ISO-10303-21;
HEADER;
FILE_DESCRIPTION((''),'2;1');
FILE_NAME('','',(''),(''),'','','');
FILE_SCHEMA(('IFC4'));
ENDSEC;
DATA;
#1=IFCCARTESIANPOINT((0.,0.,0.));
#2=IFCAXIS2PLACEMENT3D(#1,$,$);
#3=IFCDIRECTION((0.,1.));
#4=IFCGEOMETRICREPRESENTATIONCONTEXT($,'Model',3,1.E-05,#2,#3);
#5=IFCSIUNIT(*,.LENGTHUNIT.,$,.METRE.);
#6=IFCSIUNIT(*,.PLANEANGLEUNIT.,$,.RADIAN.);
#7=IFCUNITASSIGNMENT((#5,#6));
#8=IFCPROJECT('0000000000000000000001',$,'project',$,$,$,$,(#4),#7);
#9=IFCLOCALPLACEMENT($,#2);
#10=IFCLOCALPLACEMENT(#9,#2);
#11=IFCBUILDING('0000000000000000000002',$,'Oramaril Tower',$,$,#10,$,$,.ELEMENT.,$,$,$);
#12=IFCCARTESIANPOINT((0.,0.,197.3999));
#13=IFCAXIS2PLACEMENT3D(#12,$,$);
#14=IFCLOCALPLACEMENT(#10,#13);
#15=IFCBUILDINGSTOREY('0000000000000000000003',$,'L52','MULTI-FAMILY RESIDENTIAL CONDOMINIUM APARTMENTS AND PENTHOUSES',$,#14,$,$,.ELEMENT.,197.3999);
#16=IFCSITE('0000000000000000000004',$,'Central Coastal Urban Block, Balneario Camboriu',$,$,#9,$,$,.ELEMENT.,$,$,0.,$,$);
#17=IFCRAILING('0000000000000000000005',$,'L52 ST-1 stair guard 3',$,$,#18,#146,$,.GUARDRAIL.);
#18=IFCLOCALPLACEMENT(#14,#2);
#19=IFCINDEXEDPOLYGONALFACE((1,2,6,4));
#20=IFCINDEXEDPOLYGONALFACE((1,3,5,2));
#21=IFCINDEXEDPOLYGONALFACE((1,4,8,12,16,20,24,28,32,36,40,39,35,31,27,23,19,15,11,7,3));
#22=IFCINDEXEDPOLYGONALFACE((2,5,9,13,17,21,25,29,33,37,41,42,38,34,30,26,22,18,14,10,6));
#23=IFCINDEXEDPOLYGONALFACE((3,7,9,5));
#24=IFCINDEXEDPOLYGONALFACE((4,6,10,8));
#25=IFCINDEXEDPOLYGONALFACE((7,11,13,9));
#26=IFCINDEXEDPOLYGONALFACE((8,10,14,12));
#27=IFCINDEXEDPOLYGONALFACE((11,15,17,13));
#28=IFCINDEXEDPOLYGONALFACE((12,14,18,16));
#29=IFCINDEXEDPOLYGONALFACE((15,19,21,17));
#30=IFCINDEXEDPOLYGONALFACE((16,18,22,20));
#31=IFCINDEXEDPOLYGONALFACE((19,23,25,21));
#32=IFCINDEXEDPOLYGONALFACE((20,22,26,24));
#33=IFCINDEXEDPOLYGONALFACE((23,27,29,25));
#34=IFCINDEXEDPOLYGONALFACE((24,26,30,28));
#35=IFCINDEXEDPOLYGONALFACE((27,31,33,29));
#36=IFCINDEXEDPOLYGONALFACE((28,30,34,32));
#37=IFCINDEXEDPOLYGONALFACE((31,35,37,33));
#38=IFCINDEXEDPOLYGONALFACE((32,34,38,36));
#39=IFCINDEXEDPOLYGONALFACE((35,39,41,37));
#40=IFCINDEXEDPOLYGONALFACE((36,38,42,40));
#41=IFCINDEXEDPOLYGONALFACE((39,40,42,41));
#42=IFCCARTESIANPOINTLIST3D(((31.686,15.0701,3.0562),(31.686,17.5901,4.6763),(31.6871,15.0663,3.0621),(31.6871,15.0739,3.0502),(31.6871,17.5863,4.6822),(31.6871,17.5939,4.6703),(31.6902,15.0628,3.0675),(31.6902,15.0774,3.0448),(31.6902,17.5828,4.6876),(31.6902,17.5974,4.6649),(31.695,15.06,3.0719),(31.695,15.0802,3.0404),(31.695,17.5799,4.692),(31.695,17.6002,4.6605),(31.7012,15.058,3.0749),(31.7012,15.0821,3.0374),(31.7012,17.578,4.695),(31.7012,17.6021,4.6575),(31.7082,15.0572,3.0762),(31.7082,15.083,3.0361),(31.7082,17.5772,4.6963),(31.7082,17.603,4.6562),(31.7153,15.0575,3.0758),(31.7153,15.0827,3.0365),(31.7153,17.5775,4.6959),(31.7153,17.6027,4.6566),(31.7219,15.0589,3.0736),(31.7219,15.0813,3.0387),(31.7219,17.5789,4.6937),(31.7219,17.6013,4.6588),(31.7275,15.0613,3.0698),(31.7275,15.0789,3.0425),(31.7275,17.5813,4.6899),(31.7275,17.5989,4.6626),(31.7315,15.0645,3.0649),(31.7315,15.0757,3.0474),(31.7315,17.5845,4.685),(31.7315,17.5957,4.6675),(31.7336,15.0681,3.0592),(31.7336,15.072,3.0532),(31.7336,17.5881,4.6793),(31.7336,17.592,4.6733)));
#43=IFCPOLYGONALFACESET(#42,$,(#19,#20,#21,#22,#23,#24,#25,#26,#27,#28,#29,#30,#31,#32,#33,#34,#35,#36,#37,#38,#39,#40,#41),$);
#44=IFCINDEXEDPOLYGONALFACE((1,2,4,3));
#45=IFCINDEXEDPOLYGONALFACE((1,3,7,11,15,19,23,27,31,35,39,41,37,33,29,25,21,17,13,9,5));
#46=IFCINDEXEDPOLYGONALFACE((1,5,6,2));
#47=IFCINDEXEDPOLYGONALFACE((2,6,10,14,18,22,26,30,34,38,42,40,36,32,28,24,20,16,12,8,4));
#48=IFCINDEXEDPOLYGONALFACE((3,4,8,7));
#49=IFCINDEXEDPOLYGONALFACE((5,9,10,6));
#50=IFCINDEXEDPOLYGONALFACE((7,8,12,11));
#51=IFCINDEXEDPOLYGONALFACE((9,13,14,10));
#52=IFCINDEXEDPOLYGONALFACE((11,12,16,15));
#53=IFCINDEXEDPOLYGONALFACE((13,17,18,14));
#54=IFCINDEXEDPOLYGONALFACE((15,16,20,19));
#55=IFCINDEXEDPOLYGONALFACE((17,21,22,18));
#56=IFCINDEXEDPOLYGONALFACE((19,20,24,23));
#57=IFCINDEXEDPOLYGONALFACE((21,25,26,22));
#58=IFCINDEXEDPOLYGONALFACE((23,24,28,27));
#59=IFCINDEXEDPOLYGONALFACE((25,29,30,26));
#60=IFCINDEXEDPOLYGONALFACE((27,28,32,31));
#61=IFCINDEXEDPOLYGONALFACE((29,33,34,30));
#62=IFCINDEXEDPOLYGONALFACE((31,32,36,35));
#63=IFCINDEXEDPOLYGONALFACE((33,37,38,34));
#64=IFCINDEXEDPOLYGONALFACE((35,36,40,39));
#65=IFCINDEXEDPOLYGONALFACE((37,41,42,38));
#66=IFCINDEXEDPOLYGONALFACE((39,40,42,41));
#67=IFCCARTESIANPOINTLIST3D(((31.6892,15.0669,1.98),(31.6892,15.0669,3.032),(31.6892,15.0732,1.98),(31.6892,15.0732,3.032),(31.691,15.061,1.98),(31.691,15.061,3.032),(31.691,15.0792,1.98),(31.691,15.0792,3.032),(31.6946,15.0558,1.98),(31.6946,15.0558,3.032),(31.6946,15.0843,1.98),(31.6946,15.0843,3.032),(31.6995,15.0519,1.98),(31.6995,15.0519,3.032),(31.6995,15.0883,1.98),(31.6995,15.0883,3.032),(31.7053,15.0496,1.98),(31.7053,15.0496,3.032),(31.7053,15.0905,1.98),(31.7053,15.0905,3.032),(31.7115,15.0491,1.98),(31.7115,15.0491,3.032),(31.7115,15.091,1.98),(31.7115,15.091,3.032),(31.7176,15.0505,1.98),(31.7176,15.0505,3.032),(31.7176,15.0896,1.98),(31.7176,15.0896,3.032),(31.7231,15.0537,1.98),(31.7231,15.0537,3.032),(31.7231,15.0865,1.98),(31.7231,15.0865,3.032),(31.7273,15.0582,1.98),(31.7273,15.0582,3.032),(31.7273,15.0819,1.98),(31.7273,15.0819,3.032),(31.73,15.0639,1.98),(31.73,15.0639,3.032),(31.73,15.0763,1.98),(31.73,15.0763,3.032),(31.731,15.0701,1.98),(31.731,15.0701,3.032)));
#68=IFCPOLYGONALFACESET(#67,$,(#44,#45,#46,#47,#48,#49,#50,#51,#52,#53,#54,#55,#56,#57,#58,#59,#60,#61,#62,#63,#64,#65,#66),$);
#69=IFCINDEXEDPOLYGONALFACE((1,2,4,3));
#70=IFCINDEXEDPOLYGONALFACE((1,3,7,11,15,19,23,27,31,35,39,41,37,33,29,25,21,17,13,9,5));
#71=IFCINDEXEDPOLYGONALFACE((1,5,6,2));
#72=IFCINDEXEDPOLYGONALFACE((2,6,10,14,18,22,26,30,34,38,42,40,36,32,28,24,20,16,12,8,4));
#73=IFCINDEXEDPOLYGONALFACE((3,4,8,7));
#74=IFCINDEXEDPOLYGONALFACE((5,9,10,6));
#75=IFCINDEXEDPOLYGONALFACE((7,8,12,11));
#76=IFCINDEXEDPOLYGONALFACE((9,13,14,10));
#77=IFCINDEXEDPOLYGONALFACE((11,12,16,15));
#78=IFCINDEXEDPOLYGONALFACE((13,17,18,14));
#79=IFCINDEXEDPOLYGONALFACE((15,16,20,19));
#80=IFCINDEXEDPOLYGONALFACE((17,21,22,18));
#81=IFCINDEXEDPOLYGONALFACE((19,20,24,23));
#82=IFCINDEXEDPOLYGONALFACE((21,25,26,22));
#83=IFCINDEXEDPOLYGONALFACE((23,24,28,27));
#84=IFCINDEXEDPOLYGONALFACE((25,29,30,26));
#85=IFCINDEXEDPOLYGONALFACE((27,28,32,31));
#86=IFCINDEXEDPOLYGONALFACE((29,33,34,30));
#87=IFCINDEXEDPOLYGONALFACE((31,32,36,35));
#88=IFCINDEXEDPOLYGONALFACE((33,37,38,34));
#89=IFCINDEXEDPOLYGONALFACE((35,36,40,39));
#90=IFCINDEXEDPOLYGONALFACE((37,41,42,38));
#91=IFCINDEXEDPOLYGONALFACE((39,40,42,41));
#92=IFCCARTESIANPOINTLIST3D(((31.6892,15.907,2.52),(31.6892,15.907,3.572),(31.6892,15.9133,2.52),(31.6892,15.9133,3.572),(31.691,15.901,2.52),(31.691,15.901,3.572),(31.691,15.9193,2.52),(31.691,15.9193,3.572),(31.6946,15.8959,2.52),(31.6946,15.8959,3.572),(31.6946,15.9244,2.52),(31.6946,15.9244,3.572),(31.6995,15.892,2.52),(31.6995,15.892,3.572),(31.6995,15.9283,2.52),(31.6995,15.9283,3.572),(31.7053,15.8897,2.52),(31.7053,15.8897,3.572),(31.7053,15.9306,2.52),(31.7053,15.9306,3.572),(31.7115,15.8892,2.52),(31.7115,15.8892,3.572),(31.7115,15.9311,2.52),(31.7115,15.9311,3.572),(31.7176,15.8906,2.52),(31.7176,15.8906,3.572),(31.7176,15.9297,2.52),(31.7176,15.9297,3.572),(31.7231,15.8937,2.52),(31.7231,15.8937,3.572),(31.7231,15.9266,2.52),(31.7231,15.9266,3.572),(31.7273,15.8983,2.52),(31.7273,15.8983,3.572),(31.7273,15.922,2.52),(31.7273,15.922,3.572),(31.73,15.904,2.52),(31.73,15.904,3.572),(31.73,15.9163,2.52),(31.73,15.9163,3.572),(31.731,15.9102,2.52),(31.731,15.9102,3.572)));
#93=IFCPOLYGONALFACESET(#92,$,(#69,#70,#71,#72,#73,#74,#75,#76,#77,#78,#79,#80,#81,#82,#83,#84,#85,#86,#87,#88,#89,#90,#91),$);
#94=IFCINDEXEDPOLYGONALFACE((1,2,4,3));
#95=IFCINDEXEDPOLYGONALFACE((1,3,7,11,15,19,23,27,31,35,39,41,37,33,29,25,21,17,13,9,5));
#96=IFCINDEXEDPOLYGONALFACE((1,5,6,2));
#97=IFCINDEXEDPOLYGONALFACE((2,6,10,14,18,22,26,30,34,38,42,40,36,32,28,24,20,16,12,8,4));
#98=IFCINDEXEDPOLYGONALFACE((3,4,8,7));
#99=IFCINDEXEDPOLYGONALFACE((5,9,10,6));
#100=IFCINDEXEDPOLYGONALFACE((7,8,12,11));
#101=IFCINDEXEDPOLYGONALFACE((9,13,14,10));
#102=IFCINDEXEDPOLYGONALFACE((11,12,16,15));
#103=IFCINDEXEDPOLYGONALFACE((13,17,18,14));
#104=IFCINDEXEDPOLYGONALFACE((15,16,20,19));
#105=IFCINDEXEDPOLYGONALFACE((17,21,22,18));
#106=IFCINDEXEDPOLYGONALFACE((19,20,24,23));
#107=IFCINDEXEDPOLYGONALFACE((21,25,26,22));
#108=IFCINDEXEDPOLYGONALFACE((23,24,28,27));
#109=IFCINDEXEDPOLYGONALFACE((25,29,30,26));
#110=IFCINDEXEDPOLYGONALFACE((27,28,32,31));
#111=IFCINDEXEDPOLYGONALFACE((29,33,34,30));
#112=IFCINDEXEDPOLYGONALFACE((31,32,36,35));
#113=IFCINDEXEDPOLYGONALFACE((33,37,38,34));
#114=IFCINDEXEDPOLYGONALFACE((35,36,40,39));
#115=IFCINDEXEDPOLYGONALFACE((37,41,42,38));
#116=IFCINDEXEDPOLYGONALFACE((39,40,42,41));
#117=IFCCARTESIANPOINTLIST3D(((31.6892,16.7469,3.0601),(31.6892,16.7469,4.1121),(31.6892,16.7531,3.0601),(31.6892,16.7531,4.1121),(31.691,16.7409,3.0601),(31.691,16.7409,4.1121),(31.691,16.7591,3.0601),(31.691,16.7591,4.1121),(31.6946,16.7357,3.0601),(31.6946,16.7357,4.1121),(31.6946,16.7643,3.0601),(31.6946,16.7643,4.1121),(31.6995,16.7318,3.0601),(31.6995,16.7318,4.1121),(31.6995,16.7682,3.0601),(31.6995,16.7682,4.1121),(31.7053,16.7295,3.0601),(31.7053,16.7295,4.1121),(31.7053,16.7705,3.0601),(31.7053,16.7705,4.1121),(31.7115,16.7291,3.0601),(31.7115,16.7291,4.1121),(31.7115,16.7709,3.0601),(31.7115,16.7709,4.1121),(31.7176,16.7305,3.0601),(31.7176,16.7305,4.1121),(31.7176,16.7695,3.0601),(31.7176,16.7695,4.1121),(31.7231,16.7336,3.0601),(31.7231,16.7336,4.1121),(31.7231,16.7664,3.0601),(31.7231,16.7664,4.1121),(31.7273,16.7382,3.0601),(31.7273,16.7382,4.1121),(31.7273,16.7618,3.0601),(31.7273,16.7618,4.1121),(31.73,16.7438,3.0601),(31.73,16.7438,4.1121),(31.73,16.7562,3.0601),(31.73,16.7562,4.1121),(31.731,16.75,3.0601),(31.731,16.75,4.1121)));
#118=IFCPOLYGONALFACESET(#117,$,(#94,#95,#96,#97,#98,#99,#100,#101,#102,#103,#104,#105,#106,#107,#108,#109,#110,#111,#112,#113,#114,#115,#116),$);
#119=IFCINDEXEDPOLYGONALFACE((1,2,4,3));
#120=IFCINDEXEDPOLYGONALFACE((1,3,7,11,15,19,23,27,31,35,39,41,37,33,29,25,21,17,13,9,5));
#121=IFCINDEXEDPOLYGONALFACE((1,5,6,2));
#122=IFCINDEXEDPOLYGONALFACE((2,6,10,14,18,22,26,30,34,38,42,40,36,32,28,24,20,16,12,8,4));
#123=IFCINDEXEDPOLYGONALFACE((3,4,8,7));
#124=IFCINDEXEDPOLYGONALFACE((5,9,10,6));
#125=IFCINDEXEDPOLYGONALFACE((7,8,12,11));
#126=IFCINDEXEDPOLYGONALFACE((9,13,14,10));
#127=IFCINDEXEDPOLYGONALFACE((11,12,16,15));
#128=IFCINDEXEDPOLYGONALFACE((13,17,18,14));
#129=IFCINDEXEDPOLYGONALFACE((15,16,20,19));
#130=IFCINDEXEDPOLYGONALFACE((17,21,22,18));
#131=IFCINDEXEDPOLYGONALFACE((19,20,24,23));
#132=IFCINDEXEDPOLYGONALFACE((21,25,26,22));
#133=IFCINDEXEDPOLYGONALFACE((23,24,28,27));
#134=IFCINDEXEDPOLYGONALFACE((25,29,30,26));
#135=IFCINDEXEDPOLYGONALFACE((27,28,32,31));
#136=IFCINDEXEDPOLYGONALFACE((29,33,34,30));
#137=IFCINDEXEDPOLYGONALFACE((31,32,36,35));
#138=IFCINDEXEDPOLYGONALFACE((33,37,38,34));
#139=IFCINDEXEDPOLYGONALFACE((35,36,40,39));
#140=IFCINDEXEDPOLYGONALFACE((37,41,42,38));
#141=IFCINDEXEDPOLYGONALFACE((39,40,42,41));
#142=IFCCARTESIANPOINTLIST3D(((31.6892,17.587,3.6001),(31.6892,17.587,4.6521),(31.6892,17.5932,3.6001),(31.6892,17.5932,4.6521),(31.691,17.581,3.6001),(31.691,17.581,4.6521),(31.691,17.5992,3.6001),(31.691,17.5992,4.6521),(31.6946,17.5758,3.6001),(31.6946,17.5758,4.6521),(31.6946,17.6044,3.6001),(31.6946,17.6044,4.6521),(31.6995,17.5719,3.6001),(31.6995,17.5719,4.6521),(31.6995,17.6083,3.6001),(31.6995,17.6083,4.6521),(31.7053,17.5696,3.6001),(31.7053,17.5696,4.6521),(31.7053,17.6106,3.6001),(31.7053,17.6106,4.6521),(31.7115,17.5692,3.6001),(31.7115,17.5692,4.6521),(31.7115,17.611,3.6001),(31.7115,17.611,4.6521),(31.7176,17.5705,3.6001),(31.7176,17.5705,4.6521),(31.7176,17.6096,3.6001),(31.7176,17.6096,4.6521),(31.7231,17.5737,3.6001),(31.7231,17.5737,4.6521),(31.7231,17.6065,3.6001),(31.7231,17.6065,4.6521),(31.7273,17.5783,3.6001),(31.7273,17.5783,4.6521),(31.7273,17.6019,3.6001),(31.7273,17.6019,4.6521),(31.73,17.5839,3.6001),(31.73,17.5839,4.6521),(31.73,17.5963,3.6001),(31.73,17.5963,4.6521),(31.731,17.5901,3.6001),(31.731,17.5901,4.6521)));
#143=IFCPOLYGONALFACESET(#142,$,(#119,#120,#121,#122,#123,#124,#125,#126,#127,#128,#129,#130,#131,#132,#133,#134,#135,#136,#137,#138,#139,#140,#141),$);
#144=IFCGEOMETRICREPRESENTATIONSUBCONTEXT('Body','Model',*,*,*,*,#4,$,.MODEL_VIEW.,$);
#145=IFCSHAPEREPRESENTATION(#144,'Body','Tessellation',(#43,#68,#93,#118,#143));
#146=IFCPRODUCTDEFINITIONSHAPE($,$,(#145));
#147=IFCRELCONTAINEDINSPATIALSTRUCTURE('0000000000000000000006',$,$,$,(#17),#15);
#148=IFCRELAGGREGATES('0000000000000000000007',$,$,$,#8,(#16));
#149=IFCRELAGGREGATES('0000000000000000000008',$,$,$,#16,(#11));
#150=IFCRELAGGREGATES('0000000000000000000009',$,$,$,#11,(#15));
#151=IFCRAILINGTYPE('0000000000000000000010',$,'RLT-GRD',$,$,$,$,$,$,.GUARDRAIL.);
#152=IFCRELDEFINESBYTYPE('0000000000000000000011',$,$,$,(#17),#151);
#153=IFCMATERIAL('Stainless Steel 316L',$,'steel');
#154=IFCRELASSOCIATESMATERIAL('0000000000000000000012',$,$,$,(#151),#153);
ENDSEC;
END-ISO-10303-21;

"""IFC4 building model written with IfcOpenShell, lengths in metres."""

from ifc_helpers import new_model, si_unit, direction, frame, origin, origin_2d, place, context, subcontext, project, spatial, circle, extrude, material, type_object, element, save


model = new_model("IFC4")

# Units and contexts
model_context = context("Model", 3, precision=1e-05, world=origin(), true_north=direction((0.0, 1.0)))
body_context = subcontext(model_context, "Body", "Model", "MODEL_VIEW")
ifc_project = project(units=[si_unit("LENGTHUNIT", "METRE"), si_unit("PLANEANGLEUNIT", "RADIAN")], contexts=[model_context])

# Site, building, storey
site_placement = place(None, origin())
site = spatial("IfcSite", under=ifc_project, at=site_placement, Name="Central Coastal Urban Block, Balneario Camboriu", CompositionType="ELEMENT", RefElevation=0.0)
building_placement = place(site_placement, origin())
building = spatial("IfcBuilding", under=site, at=building_placement, Name="Oramaril Tower", CompositionType="ELEMENT")
storey_placement = place(building_placement, frame((0.0, 0.0, 197.3999)))
storey = spatial("IfcBuildingStorey", under=building, at=storey_placement, Name="L52", Description="MULTI-FAMILY RESIDENTIAL CONDOMINIUM APARTMENTS AND PENTHOUSES", CompositionType="ELEMENT", Elevation=197.3999)

# Railing
ifc_material_1 = material(Name="Stainless Steel 316L", Category="steel")
railing_type_1 = type_object("IfcRailingType", Name="RLT-GRD", PredefinedType="GUARDRAIL", material=ifc_material_1)
railing_1_placement = place(storey_placement, frame((31.71, 15.0701, 1.98)))
element("IfcRailing", 1, at=railing_1_placement, inside=storey, type_object=railing_type_1, Name="L52 ST-1 stair guard 3", PredefinedType="GUARDRAIL", context=body_context, shape_type="SweptSolid", body=[
    extrude(circle(Radius=0.0239, at=origin_2d()), frame((0.0, 0.0, 1.0762), z_axis=(0.0, 0.841163, 0.540782), x_axis=(-1.0, 0.0, 0.0)), (0.0, 0.0, 1.0), 2.9958),
    extrude(circle(Radius=0.021, at=origin_2d()), origin(), (0.0, 0.0, 1.0), 1.052),
    extrude(circle(Radius=0.021, at=origin_2d()), frame((0.0, 0.8401, 0.54)), (0.0, 0.0, 1.0), 1.052),
    extrude(circle(Radius=0.021, at=origin_2d()), frame((0.0, 1.6799, 1.0801)), (0.0, 0.0, 1.0), 1.052),
    extrude(circle(Radius=0.021, at=origin_2d()), frame((0.0, 2.52, 1.6201)), (0.0, 0.0, 1.0), 1.052),
])

save(model, "model.ifc")
